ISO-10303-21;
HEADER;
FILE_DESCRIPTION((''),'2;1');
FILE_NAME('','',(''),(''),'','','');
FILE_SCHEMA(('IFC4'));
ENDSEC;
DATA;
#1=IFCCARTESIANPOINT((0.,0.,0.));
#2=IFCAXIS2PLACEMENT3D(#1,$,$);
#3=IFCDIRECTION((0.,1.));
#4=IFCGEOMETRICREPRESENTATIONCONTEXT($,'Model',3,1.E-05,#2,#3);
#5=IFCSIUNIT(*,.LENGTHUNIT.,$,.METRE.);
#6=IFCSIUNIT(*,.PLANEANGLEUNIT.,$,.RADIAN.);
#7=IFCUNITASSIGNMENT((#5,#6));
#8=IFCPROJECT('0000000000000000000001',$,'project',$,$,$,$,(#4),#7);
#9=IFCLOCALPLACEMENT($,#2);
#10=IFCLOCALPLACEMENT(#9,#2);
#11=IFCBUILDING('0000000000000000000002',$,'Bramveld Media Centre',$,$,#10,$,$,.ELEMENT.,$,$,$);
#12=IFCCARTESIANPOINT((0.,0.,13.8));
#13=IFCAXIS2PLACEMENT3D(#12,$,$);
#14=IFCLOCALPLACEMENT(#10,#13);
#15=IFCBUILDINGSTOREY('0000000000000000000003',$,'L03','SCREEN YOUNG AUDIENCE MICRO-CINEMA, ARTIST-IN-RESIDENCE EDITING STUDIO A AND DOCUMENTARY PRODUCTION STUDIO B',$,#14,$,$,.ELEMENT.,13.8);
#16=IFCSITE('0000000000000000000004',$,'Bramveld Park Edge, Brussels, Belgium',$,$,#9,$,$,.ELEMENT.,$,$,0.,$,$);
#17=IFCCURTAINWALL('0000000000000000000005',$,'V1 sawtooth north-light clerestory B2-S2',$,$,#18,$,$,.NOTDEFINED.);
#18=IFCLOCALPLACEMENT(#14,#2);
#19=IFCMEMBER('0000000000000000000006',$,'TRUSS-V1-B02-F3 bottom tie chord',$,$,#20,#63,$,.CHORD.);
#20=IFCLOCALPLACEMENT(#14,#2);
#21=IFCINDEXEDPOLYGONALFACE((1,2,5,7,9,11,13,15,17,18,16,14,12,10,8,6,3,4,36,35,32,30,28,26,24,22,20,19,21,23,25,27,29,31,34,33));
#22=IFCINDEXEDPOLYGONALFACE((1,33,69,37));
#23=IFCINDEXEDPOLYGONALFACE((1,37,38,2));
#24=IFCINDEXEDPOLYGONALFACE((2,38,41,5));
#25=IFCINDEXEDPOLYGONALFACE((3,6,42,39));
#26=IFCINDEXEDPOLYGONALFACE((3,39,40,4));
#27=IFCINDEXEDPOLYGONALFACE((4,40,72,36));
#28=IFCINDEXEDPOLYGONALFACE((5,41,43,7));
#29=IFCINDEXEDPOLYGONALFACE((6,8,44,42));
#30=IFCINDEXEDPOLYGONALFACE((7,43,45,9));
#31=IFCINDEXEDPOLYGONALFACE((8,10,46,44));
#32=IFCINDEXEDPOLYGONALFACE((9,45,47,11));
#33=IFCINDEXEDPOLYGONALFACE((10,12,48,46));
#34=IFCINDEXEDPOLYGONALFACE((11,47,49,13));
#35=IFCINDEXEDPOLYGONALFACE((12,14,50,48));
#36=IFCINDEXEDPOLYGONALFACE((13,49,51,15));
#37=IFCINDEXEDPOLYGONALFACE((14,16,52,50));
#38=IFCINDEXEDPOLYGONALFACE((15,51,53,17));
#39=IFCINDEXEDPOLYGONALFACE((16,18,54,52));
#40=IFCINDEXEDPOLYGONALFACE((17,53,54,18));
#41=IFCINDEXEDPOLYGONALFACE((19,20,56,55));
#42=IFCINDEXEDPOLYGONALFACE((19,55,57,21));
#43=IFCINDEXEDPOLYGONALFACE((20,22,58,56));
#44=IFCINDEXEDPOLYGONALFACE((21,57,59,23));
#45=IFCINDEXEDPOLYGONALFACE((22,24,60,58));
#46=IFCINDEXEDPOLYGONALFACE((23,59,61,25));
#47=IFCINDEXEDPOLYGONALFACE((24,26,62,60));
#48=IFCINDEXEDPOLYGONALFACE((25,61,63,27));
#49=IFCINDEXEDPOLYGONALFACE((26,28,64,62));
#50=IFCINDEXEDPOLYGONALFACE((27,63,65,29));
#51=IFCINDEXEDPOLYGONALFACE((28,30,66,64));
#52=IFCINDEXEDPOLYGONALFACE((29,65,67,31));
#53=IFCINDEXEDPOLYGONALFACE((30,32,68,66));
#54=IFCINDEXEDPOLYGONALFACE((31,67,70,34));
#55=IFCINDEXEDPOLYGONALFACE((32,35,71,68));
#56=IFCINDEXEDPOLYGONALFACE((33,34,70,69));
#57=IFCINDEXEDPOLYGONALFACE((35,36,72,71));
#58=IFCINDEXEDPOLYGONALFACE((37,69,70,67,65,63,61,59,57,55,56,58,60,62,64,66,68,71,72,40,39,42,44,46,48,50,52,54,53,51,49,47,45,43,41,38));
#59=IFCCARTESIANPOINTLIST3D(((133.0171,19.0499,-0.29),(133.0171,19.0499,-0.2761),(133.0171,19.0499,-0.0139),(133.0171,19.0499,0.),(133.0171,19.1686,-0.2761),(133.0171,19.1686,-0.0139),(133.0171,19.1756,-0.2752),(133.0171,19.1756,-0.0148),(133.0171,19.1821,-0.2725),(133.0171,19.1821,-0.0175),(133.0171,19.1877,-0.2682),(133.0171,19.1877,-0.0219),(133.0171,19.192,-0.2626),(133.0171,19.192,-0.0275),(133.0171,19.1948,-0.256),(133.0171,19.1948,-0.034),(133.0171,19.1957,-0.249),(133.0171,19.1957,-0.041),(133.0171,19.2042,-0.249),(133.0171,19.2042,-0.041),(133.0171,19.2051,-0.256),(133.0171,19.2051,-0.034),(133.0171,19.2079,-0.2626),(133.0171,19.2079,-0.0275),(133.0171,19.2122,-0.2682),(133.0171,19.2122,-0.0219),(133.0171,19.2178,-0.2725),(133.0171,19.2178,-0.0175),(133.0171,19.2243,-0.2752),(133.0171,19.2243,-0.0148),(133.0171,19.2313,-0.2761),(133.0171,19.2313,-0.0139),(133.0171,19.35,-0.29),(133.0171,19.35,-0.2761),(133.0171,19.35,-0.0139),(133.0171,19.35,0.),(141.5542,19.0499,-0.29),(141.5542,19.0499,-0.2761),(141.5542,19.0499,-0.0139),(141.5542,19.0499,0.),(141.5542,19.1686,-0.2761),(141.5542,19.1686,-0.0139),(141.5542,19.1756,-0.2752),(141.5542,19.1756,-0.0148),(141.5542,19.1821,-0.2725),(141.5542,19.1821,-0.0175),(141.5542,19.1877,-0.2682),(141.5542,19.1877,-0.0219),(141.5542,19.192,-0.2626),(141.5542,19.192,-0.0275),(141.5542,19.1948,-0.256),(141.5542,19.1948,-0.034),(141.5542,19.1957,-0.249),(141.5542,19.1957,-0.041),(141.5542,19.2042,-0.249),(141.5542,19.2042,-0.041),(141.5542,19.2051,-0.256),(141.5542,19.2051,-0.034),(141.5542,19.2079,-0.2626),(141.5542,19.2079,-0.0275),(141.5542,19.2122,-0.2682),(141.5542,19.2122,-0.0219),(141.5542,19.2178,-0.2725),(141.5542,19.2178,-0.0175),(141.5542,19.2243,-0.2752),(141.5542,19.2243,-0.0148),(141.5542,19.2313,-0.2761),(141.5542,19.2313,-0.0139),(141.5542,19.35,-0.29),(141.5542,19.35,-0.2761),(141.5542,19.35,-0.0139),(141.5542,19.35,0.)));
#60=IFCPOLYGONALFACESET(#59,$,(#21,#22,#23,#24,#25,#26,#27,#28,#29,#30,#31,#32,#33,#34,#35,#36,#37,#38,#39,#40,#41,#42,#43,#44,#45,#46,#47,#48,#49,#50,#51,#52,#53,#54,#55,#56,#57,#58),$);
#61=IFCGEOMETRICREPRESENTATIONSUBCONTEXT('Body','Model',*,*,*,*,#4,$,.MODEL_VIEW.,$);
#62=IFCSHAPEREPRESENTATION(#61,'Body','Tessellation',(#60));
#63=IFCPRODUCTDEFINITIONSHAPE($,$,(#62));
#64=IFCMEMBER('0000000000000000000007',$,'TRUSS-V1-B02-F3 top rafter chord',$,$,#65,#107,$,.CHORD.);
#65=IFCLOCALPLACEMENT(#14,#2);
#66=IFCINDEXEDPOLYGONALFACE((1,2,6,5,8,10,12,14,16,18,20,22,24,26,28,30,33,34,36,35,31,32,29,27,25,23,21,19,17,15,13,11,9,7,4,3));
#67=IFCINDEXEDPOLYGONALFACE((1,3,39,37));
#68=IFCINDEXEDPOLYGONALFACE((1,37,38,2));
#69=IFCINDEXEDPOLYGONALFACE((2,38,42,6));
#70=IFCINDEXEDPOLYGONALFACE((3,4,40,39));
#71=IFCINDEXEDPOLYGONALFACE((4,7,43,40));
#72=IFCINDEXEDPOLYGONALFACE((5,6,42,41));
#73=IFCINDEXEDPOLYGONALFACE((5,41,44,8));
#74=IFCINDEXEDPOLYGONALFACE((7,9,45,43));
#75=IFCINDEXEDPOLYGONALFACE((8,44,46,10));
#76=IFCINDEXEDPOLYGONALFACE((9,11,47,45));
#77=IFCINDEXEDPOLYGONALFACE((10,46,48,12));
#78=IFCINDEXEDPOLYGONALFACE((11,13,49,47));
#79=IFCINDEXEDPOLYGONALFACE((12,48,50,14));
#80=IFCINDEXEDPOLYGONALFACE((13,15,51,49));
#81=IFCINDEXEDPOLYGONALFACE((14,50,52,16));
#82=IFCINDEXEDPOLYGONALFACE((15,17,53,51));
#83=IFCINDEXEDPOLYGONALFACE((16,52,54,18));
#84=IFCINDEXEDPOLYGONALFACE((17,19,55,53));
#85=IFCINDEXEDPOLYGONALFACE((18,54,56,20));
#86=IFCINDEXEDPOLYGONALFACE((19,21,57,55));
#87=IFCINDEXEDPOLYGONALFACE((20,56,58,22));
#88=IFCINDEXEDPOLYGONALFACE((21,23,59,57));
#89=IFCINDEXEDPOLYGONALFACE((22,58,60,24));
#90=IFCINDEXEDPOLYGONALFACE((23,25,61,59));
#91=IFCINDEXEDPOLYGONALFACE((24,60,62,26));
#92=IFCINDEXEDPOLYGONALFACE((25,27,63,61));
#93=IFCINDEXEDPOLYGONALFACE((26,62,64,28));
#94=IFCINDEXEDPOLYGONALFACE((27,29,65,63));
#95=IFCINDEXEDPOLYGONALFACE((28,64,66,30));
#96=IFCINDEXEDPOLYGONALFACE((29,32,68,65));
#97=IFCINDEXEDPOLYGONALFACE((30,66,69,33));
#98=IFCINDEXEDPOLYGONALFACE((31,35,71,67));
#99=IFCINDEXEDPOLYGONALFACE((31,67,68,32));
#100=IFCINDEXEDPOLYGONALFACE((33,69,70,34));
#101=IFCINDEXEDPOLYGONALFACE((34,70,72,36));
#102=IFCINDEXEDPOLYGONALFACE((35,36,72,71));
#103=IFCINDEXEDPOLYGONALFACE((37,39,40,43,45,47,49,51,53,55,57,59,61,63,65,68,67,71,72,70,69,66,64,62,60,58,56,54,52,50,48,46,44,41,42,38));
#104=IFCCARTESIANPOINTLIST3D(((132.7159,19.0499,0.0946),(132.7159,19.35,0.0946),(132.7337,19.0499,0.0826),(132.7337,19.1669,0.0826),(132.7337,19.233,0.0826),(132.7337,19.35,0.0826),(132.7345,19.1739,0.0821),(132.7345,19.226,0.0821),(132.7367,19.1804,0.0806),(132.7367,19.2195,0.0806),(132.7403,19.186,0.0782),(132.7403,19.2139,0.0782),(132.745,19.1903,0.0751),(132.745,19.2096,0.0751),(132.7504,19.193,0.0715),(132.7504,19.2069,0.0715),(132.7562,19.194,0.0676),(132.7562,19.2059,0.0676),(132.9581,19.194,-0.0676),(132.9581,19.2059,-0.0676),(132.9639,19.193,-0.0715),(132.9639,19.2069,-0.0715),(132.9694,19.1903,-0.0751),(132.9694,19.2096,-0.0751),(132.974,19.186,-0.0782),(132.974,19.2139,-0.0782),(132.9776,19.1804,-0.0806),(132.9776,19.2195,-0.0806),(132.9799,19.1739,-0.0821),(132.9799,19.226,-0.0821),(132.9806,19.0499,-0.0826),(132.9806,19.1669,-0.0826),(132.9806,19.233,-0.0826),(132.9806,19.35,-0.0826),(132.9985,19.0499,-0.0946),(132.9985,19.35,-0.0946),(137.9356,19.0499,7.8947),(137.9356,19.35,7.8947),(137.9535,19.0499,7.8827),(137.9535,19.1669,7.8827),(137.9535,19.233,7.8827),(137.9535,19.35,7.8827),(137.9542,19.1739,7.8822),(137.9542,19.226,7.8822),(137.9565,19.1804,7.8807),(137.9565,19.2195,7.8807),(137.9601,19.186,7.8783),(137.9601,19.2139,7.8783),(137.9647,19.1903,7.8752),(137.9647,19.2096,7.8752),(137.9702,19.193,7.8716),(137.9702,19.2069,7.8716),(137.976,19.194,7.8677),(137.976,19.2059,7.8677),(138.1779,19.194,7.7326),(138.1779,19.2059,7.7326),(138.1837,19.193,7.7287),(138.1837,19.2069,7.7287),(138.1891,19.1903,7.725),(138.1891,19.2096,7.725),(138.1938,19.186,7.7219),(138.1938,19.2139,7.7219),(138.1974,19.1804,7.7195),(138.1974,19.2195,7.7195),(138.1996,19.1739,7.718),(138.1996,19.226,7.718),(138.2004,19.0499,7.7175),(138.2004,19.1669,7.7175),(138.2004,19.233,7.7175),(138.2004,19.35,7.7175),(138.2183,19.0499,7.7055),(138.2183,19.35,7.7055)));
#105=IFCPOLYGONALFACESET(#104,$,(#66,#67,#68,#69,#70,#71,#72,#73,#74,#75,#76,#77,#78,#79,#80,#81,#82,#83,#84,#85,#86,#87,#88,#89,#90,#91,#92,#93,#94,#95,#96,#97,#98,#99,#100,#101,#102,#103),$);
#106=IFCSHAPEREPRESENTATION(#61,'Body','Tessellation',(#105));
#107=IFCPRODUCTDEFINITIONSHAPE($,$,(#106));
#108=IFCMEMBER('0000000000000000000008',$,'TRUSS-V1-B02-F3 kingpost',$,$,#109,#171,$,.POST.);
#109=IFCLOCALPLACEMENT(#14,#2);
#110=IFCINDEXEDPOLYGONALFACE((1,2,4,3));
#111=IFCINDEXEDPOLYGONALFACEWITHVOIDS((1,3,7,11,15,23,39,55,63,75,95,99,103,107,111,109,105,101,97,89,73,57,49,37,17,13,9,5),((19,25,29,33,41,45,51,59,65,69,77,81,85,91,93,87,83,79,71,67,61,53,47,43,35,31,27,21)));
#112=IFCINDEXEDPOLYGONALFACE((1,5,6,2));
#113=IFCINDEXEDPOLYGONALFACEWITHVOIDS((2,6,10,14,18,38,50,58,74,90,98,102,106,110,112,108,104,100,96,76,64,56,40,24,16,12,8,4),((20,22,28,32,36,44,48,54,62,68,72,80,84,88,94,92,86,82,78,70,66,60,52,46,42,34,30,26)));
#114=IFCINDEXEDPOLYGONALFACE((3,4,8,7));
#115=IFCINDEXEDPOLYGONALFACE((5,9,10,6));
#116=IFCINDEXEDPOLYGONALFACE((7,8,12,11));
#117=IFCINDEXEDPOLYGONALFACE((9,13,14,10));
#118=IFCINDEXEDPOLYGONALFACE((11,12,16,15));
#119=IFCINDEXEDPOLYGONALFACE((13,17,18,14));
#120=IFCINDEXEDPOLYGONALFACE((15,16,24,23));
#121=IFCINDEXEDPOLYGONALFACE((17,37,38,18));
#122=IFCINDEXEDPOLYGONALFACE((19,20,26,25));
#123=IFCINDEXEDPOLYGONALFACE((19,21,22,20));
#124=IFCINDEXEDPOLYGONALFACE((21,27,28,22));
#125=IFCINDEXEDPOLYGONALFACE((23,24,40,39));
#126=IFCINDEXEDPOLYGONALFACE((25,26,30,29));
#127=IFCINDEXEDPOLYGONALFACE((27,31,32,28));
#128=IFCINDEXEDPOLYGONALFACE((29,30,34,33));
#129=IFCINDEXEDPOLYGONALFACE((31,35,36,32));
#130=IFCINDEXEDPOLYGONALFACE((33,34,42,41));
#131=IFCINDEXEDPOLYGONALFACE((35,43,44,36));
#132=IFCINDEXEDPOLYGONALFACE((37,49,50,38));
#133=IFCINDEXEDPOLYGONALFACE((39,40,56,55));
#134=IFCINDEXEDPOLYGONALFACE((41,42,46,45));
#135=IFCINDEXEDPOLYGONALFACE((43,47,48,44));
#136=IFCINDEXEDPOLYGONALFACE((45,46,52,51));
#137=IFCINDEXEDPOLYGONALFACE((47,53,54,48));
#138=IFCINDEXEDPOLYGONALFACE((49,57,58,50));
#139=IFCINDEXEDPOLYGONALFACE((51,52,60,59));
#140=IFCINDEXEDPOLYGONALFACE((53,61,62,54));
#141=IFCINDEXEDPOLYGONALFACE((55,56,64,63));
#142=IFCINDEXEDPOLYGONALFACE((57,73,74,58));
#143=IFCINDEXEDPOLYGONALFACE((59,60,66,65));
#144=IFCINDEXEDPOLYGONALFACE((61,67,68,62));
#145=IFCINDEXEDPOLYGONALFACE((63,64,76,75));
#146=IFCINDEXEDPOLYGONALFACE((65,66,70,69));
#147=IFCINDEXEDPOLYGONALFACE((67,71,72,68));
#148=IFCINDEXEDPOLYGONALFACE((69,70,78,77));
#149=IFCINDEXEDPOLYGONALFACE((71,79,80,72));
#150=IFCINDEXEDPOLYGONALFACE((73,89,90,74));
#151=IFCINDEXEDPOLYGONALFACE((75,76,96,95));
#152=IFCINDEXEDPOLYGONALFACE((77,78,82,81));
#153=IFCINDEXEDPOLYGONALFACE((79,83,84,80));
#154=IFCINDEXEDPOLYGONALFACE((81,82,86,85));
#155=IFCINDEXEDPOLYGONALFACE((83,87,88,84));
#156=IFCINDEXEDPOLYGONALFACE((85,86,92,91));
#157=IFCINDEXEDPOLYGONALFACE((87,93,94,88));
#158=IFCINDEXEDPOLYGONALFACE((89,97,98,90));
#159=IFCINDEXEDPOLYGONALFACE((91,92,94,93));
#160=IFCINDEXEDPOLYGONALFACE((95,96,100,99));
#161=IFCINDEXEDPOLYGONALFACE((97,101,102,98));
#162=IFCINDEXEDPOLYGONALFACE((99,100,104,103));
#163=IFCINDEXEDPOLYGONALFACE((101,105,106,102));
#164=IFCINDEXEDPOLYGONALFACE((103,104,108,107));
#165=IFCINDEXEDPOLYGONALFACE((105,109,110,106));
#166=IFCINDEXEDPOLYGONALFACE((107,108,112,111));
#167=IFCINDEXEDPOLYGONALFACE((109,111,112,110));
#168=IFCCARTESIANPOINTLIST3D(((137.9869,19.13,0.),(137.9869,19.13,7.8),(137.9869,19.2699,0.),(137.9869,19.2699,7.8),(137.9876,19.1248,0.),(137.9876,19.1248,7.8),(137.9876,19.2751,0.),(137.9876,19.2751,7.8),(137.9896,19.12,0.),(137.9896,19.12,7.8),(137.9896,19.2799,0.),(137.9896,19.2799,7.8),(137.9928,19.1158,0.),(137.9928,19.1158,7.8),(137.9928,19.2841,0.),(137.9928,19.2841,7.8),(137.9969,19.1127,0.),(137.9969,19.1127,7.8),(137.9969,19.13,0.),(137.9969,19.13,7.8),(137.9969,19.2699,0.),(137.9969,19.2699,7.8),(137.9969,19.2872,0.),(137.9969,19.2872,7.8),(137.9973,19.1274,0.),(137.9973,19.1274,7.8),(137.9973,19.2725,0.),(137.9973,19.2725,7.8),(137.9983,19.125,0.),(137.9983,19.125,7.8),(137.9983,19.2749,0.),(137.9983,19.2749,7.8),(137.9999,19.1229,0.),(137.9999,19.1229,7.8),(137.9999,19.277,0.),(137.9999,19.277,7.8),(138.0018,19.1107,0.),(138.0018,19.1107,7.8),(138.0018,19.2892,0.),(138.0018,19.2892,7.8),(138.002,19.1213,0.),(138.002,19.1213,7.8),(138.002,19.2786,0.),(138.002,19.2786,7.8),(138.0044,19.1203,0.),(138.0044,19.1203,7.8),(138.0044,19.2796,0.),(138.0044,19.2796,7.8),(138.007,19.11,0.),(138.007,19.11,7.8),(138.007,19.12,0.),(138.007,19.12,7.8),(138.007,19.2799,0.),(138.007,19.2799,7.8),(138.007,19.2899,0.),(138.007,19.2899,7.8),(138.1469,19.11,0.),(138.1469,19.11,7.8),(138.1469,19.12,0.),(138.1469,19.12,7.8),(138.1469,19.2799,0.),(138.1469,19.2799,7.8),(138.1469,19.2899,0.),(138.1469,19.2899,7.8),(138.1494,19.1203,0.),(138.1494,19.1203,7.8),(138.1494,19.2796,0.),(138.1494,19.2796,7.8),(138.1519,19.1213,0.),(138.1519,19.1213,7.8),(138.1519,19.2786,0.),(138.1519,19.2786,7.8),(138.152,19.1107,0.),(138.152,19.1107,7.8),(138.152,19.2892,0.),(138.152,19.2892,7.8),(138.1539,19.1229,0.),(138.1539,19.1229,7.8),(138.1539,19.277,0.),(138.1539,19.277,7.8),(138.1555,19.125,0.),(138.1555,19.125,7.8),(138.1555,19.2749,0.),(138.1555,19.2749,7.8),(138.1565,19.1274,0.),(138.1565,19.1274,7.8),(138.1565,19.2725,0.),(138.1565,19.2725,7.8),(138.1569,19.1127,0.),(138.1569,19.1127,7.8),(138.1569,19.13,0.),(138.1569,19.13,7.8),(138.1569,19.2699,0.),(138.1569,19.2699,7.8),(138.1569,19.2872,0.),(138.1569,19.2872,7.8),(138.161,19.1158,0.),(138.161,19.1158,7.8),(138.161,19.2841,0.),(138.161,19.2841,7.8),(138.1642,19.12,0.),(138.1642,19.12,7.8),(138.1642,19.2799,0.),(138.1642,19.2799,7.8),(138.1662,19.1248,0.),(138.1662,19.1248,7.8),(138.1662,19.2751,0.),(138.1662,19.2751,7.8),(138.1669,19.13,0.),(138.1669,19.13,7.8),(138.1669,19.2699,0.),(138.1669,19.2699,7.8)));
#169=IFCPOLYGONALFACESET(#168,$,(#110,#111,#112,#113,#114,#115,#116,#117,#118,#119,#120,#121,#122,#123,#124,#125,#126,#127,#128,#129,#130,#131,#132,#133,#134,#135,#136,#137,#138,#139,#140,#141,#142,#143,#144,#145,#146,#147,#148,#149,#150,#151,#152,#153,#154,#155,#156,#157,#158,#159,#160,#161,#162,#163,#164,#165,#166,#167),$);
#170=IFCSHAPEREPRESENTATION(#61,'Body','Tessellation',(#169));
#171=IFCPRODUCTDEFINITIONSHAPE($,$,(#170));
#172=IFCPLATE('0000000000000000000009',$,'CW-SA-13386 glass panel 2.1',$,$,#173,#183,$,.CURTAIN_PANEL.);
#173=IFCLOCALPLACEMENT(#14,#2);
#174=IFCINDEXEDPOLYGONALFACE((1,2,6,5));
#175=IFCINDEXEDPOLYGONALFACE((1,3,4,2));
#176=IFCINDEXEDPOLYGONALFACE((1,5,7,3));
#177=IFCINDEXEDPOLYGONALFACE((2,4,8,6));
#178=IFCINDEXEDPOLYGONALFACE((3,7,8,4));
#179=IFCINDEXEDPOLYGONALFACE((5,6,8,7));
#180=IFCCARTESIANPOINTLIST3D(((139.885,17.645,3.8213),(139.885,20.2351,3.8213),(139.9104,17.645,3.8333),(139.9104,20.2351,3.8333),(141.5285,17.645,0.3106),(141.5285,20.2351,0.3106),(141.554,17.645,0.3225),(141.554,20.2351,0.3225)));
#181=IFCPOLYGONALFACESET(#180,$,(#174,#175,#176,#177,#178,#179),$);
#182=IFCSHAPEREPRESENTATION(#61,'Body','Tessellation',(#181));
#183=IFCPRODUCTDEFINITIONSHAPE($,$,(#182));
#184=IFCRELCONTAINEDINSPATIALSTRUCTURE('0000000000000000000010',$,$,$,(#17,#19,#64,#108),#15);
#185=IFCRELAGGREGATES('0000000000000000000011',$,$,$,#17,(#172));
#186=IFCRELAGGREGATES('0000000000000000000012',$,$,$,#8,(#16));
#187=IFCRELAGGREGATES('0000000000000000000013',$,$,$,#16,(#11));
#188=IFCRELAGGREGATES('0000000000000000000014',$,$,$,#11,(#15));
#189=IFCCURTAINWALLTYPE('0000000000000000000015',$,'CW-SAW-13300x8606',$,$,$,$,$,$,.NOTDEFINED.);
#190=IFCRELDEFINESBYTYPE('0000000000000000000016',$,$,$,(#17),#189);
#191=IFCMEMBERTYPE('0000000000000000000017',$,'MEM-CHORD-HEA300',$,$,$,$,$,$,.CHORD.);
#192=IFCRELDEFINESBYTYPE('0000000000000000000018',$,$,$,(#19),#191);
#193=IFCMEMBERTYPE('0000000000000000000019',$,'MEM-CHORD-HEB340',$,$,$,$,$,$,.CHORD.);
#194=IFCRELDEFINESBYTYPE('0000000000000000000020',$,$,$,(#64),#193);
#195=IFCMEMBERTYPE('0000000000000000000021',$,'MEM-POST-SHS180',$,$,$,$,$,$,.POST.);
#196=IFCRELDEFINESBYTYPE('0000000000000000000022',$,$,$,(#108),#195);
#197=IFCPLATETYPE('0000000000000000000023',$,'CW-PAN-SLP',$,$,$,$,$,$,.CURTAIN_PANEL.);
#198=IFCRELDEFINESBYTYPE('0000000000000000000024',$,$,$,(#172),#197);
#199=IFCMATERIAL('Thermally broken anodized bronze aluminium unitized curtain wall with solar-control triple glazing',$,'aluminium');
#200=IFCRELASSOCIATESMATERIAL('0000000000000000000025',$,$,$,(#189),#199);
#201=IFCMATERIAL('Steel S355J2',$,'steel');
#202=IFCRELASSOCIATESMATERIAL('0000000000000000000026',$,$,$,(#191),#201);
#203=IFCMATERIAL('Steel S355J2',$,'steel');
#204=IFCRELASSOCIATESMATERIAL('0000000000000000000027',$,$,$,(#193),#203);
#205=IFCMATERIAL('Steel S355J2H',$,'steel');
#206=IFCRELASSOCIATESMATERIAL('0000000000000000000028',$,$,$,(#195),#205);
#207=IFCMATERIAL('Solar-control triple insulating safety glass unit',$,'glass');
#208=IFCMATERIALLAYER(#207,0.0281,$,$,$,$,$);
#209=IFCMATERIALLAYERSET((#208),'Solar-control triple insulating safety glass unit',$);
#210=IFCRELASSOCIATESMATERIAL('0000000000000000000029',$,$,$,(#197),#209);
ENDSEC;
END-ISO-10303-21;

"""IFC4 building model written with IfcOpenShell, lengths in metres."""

from ifc_helpers import new_model, si_unit, direction, frame, origin, origin_2d, place, context, subcontext, project, spatial, polyline, hollow_rectangle, i_section, outline, extrude, material, layer, layer_set, material_profile, profile_set, type_object, element, aggregate, save


model = new_model("IFC4")

# Units and contexts
model_context = context("Model", 3, precision=1e-05, world=origin(), true_north=direction((0.0, 1.0)))
body_context = subcontext(model_context, "Body", "Model", "MODEL_VIEW")
ifc_project = project(units=[si_unit("LENGTHUNIT", "METRE"), si_unit("PLANEANGLEUNIT", "RADIAN")], contexts=[model_context])

# Site, building, storey
site_placement = place(None, origin())
site = spatial("IfcSite", under=ifc_project, at=site_placement, Name="Bramveld Park Edge, Brussels, Belgium", CompositionType="ELEMENT", RefElevation=0.0)
building_placement = place(site_placement, origin())
building = spatial("IfcBuilding", under=site, at=building_placement, Name="Bramveld Media Centre", CompositionType="ELEMENT")
storey_placement = place(building_placement, frame((0.0, 0.0, 13.8)))
storey = spatial("IfcBuildingStorey", under=building, at=storey_placement, Name="L03", Description="SCREEN YOUNG AUDIENCE MICRO-CINEMA, ARTIST-IN-RESIDENCE EDITING STUDIO A AND DOCUMENTARY PRODUCTION STUDIO B", CompositionType="ELEMENT", Elevation=13.8)

# Curtain wall
ifc_material_1 = material(Name="Thermally broken anodized bronze aluminium unitized curtain wall with solar-control triple glazing", Category="aluminium")
curtain_wall_type = type_object("IfcCurtainWallType", Name="CW-SAW-13300x8606", PredefinedType="NOTDEFINED", material=ifc_material_1)
curtain_wall_1_placement = place(storey_placement, origin())
curtain_wall_1 = element("IfcCurtainWall", 1, at=curtain_wall_1_placement, inside=storey, type_object=curtain_wall_type, Name="V1 sawtooth north-light clerestory B2-S2", PredefinedType="NOTDEFINED")

# Members
ifc_material_2 = material(Name="Steel S355J2", Category="steel")
ifc_material_profile_1 = material_profile(ifc_material_2, i_section(OverallWidth=0.3, OverallDepth=0.29, WebThickness=0.0085, FlangeThickness=0.0139, FilletRadius=0.0271, at=origin_2d()), Name="HEA 300")
ifc_profile_set_1 = profile_set([ifc_material_profile_1], Name="Steel S355J2")
member_type_1 = type_object("IfcMemberType", Name="MEM-CHORD-HEA300", PredefinedType="CHORD", material=ifc_profile_set_1)
member_1_placement = place(storey_placement, frame((133.0171, 19.2, -0.145), z_axis=(1.0, 0.0, 0.0), x_axis=(0.0, 1.0, 0.0)))
element("IfcMember", 2, at=member_1_placement, inside=storey, type_object=member_type_1, Name="TRUSS-V1-B02-F3 bottom tie chord", PredefinedType="CHORD", context=body_context, shape_type="SweptSolid", body=[
    extrude(i_section(OverallWidth=0.3, OverallDepth=0.29, WebThickness=0.0085, FlangeThickness=0.0139, FilletRadius=0.0271, at=origin_2d()), origin(), (0.0, 0.0, 1.0), 8.5371),
])
ifc_material_3 = material(Name="Steel S355J2", Category="steel")
ifc_material_profile_2 = material_profile(ifc_material_3, i_section(OverallWidth=0.3, OverallDepth=0.3401, WebThickness=0.012, FlangeThickness=0.0215, FilletRadius=0.0271, at=origin_2d()), Name="HEB 340")
ifc_profile_set_2 = profile_set([ifc_material_profile_2], Name="Steel S355J2")
member_type_2 = type_object("IfcMemberType", Name="MEM-CHORD-HEB340", PredefinedType="CHORD", material=ifc_profile_set_2)
member_2_placement = place(storey_placement, frame((132.8572, 19.2, 0.0), z_axis=(0.556152, 0.0, 0.831081), x_axis=(0.0, 1.0, 0.0)))
element("IfcMember", 3, at=member_2_placement, inside=storey, type_object=member_type_2, Name="TRUSS-V1-B02-F3 top rafter chord", PredefinedType="CHORD", context=body_context, shape_type="SweptSolid", body=[
    extrude(i_section(OverallWidth=0.3, OverallDepth=0.3401, WebThickness=0.012, FlangeThickness=0.0215, FilletRadius=0.0271, at=origin_2d()), origin(), (0.0, 0.0, 1.0), 9.3855),
])
ifc_material_4 = material(Name="Steel S355J2H", Category="steel")
ifc_material_profile_3 = material_profile(ifc_material_4, hollow_rectangle(XDim=0.1799, YDim=0.1799, WallThickness=0.01, InnerFilletRadius=0.01, OuterFilletRadius=0.02, at=origin_2d()), Name="SHS 180x180x10")
ifc_profile_set_3 = profile_set([ifc_material_profile_3], Name="Steel S355J2H")
member_type_3 = type_object("IfcMemberType", Name="MEM-POST-SHS180", PredefinedType="POST", material=ifc_profile_set_3)
member_3_placement = place(storey_placement, frame((138.0769, 19.2, 0.0), z_axis=(0.0, 0.0, 1.0), x_axis=(1.0, 0.0, 0.0)))
element("IfcMember", 4, at=member_3_placement, inside=storey, type_object=member_type_3, Name="TRUSS-V1-B02-F3 kingpost", PredefinedType="POST", context=body_context, shape_type="SweptSolid", body=[
    extrude(hollow_rectangle(XDim=0.1799, YDim=0.1799, WallThickness=0.01, InnerFilletRadius=0.01, OuterFilletRadius=0.02, at=origin_2d()), origin(), (0.0, 0.0, 1.0), 7.8),
])

# Plate
ifc_material_5 = material(Name="Solar-control triple insulating safety glass unit", Category="glass")
ifc_layer_1 = layer(ifc_material_5, 0.0281)
ifc_layer_set_1 = layer_set([ifc_layer_1], Name="Solar-control triple insulating safety glass unit")
plate_type_1 = type_object("IfcPlateType", Name="CW-PAN-SLP", PredefinedType="CURTAIN_PANEL", material=ifc_layer_set_1)
plate_1_placement = place(storey_placement, frame((141.554, 17.645, 0.3225), z_axis=(0.905668, 0.0, 0.423988), x_axis=(0.0, 1.0, 0.0)))
plate_1 = element("IfcPlate", 5, at=plate_1_placement, type_object=plate_type_1, Name="CW-SA-13386 glass panel 2.1", PredefinedType="CURTAIN_PANEL", context=body_context, shape_type="SweptSolid", body=[
    extrude(outline(polyline([(0.0, 0.0), (2.5901, 0.0), (2.5901, 3.8764), (0.0, 3.8764), (0.0, 0.0)])), origin(), (0.0, 0.0, -1.0), 0.0281),
])
aggregate(curtain_wall_1, [plate_1])

save(model, "model.ifc")
